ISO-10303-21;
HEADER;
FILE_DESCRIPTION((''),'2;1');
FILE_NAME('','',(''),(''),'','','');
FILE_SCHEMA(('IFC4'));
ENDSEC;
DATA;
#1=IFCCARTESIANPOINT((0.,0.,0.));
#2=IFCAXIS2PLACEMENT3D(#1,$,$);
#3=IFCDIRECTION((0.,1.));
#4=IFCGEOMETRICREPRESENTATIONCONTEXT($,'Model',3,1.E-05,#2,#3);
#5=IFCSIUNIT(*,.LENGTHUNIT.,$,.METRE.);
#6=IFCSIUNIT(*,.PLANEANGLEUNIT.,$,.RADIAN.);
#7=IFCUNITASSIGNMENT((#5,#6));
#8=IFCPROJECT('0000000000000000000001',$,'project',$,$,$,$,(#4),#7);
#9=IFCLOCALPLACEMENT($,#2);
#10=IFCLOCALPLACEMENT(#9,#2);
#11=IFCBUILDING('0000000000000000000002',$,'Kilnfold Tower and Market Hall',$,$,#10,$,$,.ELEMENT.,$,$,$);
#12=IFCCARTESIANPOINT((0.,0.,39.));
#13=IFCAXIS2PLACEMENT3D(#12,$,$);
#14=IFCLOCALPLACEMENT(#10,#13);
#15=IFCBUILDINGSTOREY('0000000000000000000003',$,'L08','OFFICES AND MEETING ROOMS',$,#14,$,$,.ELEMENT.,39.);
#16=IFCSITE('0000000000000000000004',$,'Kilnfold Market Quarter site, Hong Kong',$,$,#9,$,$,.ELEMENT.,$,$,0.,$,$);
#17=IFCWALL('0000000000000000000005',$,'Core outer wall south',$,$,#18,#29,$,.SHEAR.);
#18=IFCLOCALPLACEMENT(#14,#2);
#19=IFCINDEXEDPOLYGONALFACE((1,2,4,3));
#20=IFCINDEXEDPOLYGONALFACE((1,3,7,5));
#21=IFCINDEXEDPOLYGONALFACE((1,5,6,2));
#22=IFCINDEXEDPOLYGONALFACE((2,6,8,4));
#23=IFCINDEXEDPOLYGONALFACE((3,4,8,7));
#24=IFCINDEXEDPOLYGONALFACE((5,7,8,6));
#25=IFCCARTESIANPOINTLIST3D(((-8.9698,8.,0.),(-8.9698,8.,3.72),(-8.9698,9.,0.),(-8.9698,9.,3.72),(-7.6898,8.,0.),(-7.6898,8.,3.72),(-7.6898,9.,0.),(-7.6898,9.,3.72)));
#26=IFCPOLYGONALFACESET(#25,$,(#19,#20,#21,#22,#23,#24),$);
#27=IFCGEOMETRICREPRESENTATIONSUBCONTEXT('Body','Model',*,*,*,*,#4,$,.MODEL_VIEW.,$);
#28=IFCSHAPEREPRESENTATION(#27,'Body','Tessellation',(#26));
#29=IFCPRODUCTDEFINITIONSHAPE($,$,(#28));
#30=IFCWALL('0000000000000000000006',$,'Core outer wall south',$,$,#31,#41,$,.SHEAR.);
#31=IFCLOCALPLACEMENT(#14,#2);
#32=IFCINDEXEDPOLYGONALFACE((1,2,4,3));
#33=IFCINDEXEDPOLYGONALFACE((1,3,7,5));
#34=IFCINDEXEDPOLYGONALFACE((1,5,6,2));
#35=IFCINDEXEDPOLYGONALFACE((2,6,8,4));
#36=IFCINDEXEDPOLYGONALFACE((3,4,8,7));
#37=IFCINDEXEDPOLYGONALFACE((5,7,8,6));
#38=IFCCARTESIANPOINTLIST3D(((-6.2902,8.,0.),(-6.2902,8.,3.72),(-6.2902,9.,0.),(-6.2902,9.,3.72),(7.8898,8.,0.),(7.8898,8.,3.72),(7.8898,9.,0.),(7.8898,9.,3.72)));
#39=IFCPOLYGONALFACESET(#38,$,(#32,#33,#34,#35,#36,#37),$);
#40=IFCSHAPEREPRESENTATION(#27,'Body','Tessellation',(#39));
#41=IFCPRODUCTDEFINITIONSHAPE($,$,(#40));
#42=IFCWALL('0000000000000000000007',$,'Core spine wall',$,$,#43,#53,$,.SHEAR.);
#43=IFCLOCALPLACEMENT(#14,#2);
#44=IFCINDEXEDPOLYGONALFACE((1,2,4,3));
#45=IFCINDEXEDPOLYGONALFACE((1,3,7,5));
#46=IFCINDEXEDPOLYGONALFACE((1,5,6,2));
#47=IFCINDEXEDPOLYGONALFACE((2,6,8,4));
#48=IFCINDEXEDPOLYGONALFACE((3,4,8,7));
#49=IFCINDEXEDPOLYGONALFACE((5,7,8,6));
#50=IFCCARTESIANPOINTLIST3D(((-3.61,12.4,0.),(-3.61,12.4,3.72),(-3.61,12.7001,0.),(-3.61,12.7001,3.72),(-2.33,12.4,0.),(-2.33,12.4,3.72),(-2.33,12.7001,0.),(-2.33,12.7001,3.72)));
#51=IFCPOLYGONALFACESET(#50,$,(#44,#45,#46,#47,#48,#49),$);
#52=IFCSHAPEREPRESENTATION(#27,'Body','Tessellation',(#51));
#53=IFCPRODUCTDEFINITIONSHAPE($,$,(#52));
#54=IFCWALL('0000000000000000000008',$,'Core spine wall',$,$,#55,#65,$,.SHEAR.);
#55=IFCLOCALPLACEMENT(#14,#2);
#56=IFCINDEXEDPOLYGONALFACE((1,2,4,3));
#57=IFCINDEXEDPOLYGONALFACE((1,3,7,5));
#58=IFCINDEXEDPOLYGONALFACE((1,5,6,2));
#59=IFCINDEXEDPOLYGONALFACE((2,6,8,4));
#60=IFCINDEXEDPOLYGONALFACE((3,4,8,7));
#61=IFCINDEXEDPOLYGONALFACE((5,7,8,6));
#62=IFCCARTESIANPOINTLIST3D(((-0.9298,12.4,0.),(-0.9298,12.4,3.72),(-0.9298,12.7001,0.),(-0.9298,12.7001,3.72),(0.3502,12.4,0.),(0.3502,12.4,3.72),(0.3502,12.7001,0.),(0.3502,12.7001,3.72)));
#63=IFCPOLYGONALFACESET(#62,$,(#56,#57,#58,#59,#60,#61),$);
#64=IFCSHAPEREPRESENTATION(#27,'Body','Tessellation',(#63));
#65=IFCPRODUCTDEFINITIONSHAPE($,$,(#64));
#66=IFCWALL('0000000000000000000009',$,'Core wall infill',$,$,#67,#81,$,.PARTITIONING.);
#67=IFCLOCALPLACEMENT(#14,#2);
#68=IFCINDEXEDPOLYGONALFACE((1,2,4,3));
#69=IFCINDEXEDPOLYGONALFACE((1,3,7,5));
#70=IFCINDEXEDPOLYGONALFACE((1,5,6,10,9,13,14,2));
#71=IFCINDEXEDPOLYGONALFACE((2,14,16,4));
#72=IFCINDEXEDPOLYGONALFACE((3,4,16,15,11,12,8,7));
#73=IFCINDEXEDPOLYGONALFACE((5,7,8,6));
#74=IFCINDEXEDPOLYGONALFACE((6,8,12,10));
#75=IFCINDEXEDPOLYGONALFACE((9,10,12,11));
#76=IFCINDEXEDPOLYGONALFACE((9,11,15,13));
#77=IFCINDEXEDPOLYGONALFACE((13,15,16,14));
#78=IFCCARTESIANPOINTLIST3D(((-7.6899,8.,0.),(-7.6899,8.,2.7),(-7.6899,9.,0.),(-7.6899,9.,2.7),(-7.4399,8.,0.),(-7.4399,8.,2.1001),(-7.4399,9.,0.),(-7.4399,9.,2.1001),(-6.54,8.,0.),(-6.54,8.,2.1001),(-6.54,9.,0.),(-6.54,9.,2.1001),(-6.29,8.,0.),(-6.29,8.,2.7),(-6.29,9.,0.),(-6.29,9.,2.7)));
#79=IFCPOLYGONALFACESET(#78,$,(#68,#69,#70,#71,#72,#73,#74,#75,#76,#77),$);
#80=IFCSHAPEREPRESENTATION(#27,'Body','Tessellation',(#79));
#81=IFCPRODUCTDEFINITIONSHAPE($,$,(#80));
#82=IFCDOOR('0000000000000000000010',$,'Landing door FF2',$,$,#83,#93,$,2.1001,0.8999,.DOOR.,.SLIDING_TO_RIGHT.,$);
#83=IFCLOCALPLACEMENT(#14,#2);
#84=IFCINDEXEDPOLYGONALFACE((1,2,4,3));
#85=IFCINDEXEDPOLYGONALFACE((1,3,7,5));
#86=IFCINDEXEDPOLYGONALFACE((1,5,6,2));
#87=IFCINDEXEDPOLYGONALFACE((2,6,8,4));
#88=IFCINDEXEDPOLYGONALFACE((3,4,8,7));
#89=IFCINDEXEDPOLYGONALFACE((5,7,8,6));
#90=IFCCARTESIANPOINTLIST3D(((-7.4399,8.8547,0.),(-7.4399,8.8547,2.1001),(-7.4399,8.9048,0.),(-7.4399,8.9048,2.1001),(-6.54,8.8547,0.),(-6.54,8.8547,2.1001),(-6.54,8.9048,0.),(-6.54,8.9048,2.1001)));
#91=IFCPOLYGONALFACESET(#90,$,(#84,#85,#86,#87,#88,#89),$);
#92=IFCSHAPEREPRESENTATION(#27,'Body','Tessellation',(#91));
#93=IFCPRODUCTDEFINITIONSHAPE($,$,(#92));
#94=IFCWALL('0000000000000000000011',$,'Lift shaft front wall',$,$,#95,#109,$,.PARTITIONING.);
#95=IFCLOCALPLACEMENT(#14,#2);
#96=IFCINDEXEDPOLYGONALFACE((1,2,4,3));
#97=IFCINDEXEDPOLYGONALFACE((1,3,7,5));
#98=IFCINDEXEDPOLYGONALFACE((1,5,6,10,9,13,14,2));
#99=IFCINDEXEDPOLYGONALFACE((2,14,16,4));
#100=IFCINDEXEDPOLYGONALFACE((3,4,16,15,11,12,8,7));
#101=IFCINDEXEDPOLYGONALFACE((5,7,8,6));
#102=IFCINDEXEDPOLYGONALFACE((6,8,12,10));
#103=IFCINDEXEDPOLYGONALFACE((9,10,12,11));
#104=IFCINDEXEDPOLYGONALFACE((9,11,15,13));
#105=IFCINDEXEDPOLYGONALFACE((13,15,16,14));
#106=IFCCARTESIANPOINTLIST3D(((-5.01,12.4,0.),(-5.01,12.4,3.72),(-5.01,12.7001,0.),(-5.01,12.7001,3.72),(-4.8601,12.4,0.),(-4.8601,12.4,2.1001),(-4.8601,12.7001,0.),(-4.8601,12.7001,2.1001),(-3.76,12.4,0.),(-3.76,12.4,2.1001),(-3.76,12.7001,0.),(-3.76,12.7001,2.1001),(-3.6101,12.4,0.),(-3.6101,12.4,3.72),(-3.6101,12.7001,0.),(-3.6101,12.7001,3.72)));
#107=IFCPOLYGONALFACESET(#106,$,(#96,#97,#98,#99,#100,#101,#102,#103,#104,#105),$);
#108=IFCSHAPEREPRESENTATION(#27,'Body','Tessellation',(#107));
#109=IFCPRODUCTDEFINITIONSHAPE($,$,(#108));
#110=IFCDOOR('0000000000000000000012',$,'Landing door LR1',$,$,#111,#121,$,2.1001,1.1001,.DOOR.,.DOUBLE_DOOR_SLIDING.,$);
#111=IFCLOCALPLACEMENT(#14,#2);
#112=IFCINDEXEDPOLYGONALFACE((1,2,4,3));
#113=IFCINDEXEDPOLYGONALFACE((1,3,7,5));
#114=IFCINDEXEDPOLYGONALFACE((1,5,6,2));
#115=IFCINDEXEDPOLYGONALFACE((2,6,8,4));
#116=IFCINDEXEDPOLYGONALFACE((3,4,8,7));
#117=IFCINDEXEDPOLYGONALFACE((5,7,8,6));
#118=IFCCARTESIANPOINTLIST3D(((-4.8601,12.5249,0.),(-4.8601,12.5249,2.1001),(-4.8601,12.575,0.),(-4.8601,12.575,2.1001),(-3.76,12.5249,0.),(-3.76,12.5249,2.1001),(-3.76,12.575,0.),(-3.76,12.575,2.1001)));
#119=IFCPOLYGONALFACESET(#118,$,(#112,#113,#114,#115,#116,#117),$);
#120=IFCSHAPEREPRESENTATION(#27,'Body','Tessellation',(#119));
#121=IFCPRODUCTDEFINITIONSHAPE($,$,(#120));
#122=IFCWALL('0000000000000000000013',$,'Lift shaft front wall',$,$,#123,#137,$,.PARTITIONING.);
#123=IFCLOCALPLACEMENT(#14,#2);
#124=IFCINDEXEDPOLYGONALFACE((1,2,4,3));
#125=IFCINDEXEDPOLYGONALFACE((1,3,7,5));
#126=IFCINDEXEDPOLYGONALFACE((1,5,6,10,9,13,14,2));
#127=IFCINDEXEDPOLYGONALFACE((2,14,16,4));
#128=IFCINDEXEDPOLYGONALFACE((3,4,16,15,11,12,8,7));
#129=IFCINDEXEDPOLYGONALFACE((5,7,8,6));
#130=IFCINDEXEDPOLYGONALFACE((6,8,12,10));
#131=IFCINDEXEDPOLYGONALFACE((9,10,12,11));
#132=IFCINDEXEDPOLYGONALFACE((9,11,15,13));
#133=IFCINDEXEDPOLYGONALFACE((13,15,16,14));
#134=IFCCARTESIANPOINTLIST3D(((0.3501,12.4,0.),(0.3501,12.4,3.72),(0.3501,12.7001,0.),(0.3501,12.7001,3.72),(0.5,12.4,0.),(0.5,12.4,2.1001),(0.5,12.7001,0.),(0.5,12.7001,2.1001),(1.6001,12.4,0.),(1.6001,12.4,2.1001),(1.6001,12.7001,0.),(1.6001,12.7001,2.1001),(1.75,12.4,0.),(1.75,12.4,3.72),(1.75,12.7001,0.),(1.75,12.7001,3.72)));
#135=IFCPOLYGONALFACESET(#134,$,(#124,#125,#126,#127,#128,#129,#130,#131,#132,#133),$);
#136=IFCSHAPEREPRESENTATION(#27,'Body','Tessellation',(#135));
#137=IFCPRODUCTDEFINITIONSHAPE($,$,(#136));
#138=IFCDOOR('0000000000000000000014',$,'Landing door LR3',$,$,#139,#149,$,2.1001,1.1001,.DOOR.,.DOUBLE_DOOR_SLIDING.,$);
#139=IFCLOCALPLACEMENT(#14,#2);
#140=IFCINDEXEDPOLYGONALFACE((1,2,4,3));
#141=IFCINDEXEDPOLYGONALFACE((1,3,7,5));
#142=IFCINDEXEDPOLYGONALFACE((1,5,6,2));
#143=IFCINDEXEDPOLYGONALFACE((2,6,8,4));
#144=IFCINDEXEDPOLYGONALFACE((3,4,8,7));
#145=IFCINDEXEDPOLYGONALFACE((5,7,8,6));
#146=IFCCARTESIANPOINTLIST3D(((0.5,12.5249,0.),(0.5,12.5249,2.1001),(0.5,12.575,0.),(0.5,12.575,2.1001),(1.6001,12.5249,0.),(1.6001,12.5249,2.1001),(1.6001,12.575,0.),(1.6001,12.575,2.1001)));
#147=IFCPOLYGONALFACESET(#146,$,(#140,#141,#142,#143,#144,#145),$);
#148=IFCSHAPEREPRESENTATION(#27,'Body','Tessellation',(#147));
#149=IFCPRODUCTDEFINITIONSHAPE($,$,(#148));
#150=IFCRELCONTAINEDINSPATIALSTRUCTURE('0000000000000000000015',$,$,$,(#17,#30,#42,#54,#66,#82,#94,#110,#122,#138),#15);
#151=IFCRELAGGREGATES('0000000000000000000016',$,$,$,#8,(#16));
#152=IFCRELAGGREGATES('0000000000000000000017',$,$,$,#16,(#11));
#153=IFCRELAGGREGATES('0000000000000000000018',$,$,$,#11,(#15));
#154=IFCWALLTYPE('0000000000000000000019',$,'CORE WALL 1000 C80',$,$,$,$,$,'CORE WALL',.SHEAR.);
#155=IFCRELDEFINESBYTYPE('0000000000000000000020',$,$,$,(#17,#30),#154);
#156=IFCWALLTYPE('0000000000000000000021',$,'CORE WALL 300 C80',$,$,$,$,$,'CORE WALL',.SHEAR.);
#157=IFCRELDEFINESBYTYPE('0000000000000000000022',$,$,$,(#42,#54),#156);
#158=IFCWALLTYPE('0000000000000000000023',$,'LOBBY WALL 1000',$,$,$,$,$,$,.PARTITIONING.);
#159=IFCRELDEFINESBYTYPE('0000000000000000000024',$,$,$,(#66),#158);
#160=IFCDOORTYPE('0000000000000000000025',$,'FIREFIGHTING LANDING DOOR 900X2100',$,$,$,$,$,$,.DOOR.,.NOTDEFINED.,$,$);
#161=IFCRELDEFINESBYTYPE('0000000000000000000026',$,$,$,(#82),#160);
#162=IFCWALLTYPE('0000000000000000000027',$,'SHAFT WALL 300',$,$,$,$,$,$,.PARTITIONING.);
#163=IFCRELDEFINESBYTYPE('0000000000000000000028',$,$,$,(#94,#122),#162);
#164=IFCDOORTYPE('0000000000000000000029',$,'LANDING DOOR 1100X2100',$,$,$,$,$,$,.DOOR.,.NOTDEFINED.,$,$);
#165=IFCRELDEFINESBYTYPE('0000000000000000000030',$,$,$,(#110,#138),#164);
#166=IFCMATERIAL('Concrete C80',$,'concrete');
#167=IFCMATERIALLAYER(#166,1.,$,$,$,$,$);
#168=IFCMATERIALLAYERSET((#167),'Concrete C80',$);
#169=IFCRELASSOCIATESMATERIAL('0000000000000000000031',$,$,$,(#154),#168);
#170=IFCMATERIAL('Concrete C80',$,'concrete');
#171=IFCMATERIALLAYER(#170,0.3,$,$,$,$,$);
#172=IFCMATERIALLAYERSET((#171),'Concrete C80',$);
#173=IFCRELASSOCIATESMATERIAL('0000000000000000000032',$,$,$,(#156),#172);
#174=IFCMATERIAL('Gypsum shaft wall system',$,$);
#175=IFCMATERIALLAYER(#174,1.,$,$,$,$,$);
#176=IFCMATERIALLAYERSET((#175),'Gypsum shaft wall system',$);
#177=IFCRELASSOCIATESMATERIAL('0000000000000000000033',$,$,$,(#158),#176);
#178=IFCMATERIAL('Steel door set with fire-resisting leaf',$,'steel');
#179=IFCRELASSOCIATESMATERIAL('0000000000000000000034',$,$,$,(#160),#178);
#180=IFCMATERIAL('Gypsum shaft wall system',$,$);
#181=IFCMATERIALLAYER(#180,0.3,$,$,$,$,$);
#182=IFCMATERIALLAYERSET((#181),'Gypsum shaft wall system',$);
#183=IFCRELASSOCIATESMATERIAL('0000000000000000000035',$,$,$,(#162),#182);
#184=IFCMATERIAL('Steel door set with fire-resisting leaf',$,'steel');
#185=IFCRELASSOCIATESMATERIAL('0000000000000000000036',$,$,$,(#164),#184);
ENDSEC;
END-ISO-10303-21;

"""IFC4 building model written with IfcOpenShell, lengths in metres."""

from ifc_helpers import new_model, si_unit, direction, frame, frame_2d, origin, place, context, subcontext, project, spatial, rectangle, extrude, source, transform, mapped, material, layer, layer_set, type_object, element, fill, save


model = new_model("IFC4")

# Units and contexts
model_context = context("Model", 3, precision=1e-05, world=origin(), true_north=direction((0.0, 1.0)))
body_context = subcontext(model_context, "Body", "Model", "MODEL_VIEW")
ifc_project = project(units=[si_unit("LENGTHUNIT", "METRE"), si_unit("PLANEANGLEUNIT", "RADIAN")], contexts=[model_context])

# Site, building, storey
site_placement = place(None, origin())
site = spatial("IfcSite", under=ifc_project, at=site_placement, Name="Kilnfold Market Quarter site, Hong Kong", CompositionType="ELEMENT", RefElevation=0.0)
building_placement = place(site_placement, origin())
building = spatial("IfcBuilding", under=site, at=building_placement, Name="Kilnfold Tower and Market Hall", CompositionType="ELEMENT")
storey_placement = place(building_placement, frame((0.0, 0.0, 39.0)))
storey = spatial("IfcBuildingStorey", under=building, at=storey_placement, Name="L08", Description="OFFICES AND MEETING ROOMS", CompositionType="ELEMENT", Elevation=39.0)

# Walls
ifc_material_1 = material(Name="Concrete C80", Category="concrete")
ifc_layer_1 = layer(ifc_material_1, 1.0)
ifc_layer_set_1 = layer_set([ifc_layer_1], Name="Concrete C80")
wall_type_1 = type_object("IfcWallType", Name="CORE WALL 1000 C80", ElementType="CORE WALL", PredefinedType="SHEAR", material=ifc_layer_set_1)
shared_shape_1 = source(origin(), body_context, "Body", "SweptSolid", [
    extrude(rectangle(XDim=1.28, YDim=1.0, at=frame_2d((0.6401, 0.0))), origin(), (0.0, 0.0, 1.0), 3.72),
])
wall_1_placement = place(storey_placement, frame((-8.97, 8.5, 0.0), z_axis=(0.0, 0.0, 1.0), x_axis=(1.0, 0.0, 0.0)))
element("IfcWall", 1, at=wall_1_placement, inside=storey, type_object=wall_type_1, Name="Core outer wall south", PredefinedType="SHEAR", context=body_context, shape_type="MappedRepresentation", body=[
    mapped(shared_shape_1, transform((0.0, 0.0, 0.0))),
])
shared_shape_2 = source(origin(), body_context, "Body", "SweptSolid", [
    extrude(rectangle(XDim=14.1799, YDim=1.0, at=frame_2d((7.0898, 0.0))), origin(), (0.0, 0.0, 1.0), 3.72),
])
wall_2_placement = place(storey_placement, frame((-6.29, 8.5, 0.0), z_axis=(0.0, 0.0, 1.0), x_axis=(1.0, 0.0, 0.0)))
element("IfcWall", 2, at=wall_2_placement, inside=storey, type_object=wall_type_1, Name="Core outer wall south", PredefinedType="SHEAR", context=body_context, shape_type="MappedRepresentation", body=[
    mapped(shared_shape_2, transform((0.0, 0.0, 0.0))),
])
ifc_material_2 = material(Name="Concrete C80", Category="concrete")
ifc_layer_2 = layer(ifc_material_2, 0.3)
ifc_layer_set_2 = layer_set([ifc_layer_2], Name="Concrete C80")
wall_type_2 = type_object("IfcWallType", Name="CORE WALL 300 C80", ElementType="CORE WALL", PredefinedType="SHEAR", material=ifc_layer_set_2)
shared_shape_3 = source(origin(), body_context, "Body", "SweptSolid", [
    extrude(rectangle(XDim=1.28, YDim=0.3, at=frame_2d((0.6401, 0.0))), origin(), (0.0, 0.0, 1.0), 3.72),
])
for number, where, z_axis, x_axis, name in (
    (3, (-3.6101, 12.55, 0.0), (0.0, 0.0, 1.0), (1.0, 0.0, 0.0), "Core spine wall"),
    (4, (-0.9299, 12.55, 0.0), (0.0, 0.0, 1.0), (1.0, 0.0, 0.0), "Core spine wall"),
):
    element("IfcWall", number, at=place(storey_placement, frame(where, z_axis=z_axis, x_axis=x_axis)), inside=storey, type_object=wall_type_2, Name=name, PredefinedType="SHEAR", context=body_context, shape_type="MappedRepresentation", body=[
        mapped(shared_shape_3, transform((0.0, 0.0, 0.0))),
    ])

# Walls, openings, doors
ifc_material_3 = material(Name="Gypsum shaft wall system")
ifc_layer_3 = layer(ifc_material_3, 1.0)
ifc_layer_set_3 = layer_set([ifc_layer_3], Name="Gypsum shaft wall system")
wall_type_3 = type_object("IfcWallType", Name="LOBBY WALL 1000", PredefinedType="PARTITIONING", material=ifc_layer_set_3)
shared_shape_4 = source(origin(), body_context, "Body", "SweptSolid", [
    extrude(rectangle(XDim=1.3999, YDim=1.0, at=frame_2d((0.7, 0.0))), origin(), (0.0, 0.0, 1.0), 2.7),
])
wall_3_placement = place(storey_placement, frame((-7.6899, 8.5, 0.0), z_axis=(0.0, 0.0, 1.0), x_axis=(1.0, 0.0, 0.0)))
wall_3 = element("IfcWall", 5, at=wall_3_placement, inside=storey, type_object=wall_type_3, Name="Core wall infill", PredefinedType="PARTITIONING", context=body_context, shape_type="MappedRepresentation", body=[
    mapped(shared_shape_4, transform((0.0, 0.0, 0.0))),
])
opening_1_placement = place(wall_3_placement, frame((0.25, 0.0, 0.0)))
opening_1 = element("IfcOpeningElement", 6, at=opening_1_placement, cuts=wall_3, PredefinedType="OPENING", context=body_context, shape_type="SweptSolid", body=[
    extrude(rectangle(XDim=0.8999, YDim=2.1001, at=frame_2d((0.45, 1.05))), frame((0.0, 0.51, 0.0), z_axis=(0.0, -1.0, 0.0), x_axis=(1.0, 0.0, 0.0)), (0.0, 0.0, 1.0), 1.02),
])
ifc_material_4 = material(Name="Steel door set with fire-resisting leaf", Category="steel")
door_type_1 = type_object("IfcDoorType", Name="FIREFIGHTING LANDING DOOR 900X2100", OperationType="NOTDEFINED", PredefinedType="DOOR", material=ifc_material_4)
door_1_placement = place(opening_1_placement, origin())
door_1 = element("IfcDoor", 7, at=door_1_placement, inside=storey, type_object=door_type_1, Name="Landing door FF2", OperationType="SLIDING_TO_RIGHT", OverallHeight=2.1001, OverallWidth=0.8999, PredefinedType="DOOR", context=body_context, shape_type="SweptSolid", body=[
    extrude(rectangle(XDim=0.8999, YDim=2.1001, at=frame_2d((0.45, 1.05))), frame((0.0, 0.4048, 0.0), z_axis=(0.0, -1.0, 0.0), x_axis=(1.0, 0.0, 0.0)), (0.0, 0.0, 1.0), 0.05),
])
fill(opening_1, door_1)
ifc_material_5 = material(Name="Gypsum shaft wall system")
ifc_layer_4 = layer(ifc_material_5, 0.3)
ifc_layer_set_4 = layer_set([ifc_layer_4], Name="Gypsum shaft wall system")
wall_type_4 = type_object("IfcWallType", Name="SHAFT WALL 300", PredefinedType="PARTITIONING", material=ifc_layer_set_4)
shared_shape_5 = source(origin(), body_context, "Body", "SweptSolid", [
    extrude(rectangle(XDim=1.3999, YDim=0.3, at=frame_2d((0.7, 0.0))), origin(), (0.0, 0.0, 1.0), 3.72),
])
wall_4_placement = place(storey_placement, frame((-5.01, 12.55, 0.0), z_axis=(0.0, 0.0, 1.0), x_axis=(1.0, 0.0, 0.0)))
wall_4 = element("IfcWall", 8, at=wall_4_placement, inside=storey, type_object=wall_type_4, Name="Lift shaft front wall", PredefinedType="PARTITIONING", context=body_context, shape_type="MappedRepresentation", body=[
    mapped(shared_shape_5, transform((0.0, 0.0, 0.0))),
])
opening_2_placement = place(wall_4_placement, frame((0.1499, 0.0, 0.0)))
opening_2 = element("IfcOpeningElement", 9, at=opening_2_placement, cuts=wall_4, PredefinedType="OPENING", context=body_context, shape_type="SweptSolid", body=[
    extrude(rectangle(XDim=1.1001, YDim=2.1001, at=frame_2d((0.55, 1.05))), frame((0.0, 0.1602, 0.0), z_axis=(0.0, -1.0, 0.0), x_axis=(1.0, 0.0, 0.0)), (0.0, 0.0, 1.0), 0.3201),
])
ifc_material_6 = material(Name="Steel door set with fire-resisting leaf", Category="steel")
door_type_2 = type_object("IfcDoorType", Name="LANDING DOOR 1100X2100", OperationType="NOTDEFINED", PredefinedType="DOOR", material=ifc_material_6)
door_2_placement = place(opening_2_placement, origin())
door_2 = element("IfcDoor", 10, at=door_2_placement, inside=storey, type_object=door_type_2, Name="Landing door LR1", OperationType="DOUBLE_DOOR_SLIDING", OverallHeight=2.1001, OverallWidth=1.1001, PredefinedType="DOOR", context=body_context, shape_type="SweptSolid", body=[
    extrude(rectangle(XDim=1.1001, YDim=2.1001, at=frame_2d((0.55, 1.05))), frame((0.0, 0.0249, 0.0), z_axis=(0.0, -1.0, 0.0), x_axis=(1.0, 0.0, 0.0)), (0.0, 0.0, 1.0), 0.05),
])
fill(opening_2, door_2)
wall_5_placement = place(storey_placement, frame((0.3501, 12.55, 0.0), z_axis=(0.0, 0.0, 1.0), x_axis=(1.0, 0.0, 0.0)))
wall_5 = element("IfcWall", 11, at=wall_5_placement, inside=storey, type_object=wall_type_4, Name="Lift shaft front wall", PredefinedType="PARTITIONING", context=body_context, shape_type="MappedRepresentation", body=[
    mapped(shared_shape_5, transform((0.0, 0.0, 0.0))),
])
opening_3_placement = place(wall_5_placement, frame((0.1499, 0.0, 0.0)))
opening_3 = element("IfcOpeningElement", 12, at=opening_3_placement, cuts=wall_5, PredefinedType="OPENING", context=body_context, shape_type="SweptSolid", body=[
    extrude(rectangle(XDim=1.1001, YDim=2.1001, at=frame_2d((0.55, 1.05))), frame((0.0, 0.1602, 0.0), z_axis=(0.0, -1.0, 0.0), x_axis=(1.0, 0.0, 0.0)), (0.0, 0.0, 1.0), 0.3201),
])
door_3_placement = place(opening_3_placement, origin())
door_3 = element("IfcDoor", 13, at=door_3_placement, inside=storey, type_object=door_type_2, Name="Landing door LR3", OperationType="DOUBLE_DOOR_SLIDING", OverallHeight=2.1001, OverallWidth=1.1001, PredefinedType="DOOR", context=body_context, shape_type="SweptSolid", body=[
    extrude(rectangle(XDim=1.1001, YDim=2.1001, at=frame_2d((0.55, 1.05))), frame((0.0, 0.0249, 0.0), z_axis=(0.0, -1.0, 0.0), x_axis=(1.0, 0.0, 0.0)), (0.0, 0.0, 1.0), 0.05),
])
fill(opening_3, door_3)

save(model, "model.ifc")
